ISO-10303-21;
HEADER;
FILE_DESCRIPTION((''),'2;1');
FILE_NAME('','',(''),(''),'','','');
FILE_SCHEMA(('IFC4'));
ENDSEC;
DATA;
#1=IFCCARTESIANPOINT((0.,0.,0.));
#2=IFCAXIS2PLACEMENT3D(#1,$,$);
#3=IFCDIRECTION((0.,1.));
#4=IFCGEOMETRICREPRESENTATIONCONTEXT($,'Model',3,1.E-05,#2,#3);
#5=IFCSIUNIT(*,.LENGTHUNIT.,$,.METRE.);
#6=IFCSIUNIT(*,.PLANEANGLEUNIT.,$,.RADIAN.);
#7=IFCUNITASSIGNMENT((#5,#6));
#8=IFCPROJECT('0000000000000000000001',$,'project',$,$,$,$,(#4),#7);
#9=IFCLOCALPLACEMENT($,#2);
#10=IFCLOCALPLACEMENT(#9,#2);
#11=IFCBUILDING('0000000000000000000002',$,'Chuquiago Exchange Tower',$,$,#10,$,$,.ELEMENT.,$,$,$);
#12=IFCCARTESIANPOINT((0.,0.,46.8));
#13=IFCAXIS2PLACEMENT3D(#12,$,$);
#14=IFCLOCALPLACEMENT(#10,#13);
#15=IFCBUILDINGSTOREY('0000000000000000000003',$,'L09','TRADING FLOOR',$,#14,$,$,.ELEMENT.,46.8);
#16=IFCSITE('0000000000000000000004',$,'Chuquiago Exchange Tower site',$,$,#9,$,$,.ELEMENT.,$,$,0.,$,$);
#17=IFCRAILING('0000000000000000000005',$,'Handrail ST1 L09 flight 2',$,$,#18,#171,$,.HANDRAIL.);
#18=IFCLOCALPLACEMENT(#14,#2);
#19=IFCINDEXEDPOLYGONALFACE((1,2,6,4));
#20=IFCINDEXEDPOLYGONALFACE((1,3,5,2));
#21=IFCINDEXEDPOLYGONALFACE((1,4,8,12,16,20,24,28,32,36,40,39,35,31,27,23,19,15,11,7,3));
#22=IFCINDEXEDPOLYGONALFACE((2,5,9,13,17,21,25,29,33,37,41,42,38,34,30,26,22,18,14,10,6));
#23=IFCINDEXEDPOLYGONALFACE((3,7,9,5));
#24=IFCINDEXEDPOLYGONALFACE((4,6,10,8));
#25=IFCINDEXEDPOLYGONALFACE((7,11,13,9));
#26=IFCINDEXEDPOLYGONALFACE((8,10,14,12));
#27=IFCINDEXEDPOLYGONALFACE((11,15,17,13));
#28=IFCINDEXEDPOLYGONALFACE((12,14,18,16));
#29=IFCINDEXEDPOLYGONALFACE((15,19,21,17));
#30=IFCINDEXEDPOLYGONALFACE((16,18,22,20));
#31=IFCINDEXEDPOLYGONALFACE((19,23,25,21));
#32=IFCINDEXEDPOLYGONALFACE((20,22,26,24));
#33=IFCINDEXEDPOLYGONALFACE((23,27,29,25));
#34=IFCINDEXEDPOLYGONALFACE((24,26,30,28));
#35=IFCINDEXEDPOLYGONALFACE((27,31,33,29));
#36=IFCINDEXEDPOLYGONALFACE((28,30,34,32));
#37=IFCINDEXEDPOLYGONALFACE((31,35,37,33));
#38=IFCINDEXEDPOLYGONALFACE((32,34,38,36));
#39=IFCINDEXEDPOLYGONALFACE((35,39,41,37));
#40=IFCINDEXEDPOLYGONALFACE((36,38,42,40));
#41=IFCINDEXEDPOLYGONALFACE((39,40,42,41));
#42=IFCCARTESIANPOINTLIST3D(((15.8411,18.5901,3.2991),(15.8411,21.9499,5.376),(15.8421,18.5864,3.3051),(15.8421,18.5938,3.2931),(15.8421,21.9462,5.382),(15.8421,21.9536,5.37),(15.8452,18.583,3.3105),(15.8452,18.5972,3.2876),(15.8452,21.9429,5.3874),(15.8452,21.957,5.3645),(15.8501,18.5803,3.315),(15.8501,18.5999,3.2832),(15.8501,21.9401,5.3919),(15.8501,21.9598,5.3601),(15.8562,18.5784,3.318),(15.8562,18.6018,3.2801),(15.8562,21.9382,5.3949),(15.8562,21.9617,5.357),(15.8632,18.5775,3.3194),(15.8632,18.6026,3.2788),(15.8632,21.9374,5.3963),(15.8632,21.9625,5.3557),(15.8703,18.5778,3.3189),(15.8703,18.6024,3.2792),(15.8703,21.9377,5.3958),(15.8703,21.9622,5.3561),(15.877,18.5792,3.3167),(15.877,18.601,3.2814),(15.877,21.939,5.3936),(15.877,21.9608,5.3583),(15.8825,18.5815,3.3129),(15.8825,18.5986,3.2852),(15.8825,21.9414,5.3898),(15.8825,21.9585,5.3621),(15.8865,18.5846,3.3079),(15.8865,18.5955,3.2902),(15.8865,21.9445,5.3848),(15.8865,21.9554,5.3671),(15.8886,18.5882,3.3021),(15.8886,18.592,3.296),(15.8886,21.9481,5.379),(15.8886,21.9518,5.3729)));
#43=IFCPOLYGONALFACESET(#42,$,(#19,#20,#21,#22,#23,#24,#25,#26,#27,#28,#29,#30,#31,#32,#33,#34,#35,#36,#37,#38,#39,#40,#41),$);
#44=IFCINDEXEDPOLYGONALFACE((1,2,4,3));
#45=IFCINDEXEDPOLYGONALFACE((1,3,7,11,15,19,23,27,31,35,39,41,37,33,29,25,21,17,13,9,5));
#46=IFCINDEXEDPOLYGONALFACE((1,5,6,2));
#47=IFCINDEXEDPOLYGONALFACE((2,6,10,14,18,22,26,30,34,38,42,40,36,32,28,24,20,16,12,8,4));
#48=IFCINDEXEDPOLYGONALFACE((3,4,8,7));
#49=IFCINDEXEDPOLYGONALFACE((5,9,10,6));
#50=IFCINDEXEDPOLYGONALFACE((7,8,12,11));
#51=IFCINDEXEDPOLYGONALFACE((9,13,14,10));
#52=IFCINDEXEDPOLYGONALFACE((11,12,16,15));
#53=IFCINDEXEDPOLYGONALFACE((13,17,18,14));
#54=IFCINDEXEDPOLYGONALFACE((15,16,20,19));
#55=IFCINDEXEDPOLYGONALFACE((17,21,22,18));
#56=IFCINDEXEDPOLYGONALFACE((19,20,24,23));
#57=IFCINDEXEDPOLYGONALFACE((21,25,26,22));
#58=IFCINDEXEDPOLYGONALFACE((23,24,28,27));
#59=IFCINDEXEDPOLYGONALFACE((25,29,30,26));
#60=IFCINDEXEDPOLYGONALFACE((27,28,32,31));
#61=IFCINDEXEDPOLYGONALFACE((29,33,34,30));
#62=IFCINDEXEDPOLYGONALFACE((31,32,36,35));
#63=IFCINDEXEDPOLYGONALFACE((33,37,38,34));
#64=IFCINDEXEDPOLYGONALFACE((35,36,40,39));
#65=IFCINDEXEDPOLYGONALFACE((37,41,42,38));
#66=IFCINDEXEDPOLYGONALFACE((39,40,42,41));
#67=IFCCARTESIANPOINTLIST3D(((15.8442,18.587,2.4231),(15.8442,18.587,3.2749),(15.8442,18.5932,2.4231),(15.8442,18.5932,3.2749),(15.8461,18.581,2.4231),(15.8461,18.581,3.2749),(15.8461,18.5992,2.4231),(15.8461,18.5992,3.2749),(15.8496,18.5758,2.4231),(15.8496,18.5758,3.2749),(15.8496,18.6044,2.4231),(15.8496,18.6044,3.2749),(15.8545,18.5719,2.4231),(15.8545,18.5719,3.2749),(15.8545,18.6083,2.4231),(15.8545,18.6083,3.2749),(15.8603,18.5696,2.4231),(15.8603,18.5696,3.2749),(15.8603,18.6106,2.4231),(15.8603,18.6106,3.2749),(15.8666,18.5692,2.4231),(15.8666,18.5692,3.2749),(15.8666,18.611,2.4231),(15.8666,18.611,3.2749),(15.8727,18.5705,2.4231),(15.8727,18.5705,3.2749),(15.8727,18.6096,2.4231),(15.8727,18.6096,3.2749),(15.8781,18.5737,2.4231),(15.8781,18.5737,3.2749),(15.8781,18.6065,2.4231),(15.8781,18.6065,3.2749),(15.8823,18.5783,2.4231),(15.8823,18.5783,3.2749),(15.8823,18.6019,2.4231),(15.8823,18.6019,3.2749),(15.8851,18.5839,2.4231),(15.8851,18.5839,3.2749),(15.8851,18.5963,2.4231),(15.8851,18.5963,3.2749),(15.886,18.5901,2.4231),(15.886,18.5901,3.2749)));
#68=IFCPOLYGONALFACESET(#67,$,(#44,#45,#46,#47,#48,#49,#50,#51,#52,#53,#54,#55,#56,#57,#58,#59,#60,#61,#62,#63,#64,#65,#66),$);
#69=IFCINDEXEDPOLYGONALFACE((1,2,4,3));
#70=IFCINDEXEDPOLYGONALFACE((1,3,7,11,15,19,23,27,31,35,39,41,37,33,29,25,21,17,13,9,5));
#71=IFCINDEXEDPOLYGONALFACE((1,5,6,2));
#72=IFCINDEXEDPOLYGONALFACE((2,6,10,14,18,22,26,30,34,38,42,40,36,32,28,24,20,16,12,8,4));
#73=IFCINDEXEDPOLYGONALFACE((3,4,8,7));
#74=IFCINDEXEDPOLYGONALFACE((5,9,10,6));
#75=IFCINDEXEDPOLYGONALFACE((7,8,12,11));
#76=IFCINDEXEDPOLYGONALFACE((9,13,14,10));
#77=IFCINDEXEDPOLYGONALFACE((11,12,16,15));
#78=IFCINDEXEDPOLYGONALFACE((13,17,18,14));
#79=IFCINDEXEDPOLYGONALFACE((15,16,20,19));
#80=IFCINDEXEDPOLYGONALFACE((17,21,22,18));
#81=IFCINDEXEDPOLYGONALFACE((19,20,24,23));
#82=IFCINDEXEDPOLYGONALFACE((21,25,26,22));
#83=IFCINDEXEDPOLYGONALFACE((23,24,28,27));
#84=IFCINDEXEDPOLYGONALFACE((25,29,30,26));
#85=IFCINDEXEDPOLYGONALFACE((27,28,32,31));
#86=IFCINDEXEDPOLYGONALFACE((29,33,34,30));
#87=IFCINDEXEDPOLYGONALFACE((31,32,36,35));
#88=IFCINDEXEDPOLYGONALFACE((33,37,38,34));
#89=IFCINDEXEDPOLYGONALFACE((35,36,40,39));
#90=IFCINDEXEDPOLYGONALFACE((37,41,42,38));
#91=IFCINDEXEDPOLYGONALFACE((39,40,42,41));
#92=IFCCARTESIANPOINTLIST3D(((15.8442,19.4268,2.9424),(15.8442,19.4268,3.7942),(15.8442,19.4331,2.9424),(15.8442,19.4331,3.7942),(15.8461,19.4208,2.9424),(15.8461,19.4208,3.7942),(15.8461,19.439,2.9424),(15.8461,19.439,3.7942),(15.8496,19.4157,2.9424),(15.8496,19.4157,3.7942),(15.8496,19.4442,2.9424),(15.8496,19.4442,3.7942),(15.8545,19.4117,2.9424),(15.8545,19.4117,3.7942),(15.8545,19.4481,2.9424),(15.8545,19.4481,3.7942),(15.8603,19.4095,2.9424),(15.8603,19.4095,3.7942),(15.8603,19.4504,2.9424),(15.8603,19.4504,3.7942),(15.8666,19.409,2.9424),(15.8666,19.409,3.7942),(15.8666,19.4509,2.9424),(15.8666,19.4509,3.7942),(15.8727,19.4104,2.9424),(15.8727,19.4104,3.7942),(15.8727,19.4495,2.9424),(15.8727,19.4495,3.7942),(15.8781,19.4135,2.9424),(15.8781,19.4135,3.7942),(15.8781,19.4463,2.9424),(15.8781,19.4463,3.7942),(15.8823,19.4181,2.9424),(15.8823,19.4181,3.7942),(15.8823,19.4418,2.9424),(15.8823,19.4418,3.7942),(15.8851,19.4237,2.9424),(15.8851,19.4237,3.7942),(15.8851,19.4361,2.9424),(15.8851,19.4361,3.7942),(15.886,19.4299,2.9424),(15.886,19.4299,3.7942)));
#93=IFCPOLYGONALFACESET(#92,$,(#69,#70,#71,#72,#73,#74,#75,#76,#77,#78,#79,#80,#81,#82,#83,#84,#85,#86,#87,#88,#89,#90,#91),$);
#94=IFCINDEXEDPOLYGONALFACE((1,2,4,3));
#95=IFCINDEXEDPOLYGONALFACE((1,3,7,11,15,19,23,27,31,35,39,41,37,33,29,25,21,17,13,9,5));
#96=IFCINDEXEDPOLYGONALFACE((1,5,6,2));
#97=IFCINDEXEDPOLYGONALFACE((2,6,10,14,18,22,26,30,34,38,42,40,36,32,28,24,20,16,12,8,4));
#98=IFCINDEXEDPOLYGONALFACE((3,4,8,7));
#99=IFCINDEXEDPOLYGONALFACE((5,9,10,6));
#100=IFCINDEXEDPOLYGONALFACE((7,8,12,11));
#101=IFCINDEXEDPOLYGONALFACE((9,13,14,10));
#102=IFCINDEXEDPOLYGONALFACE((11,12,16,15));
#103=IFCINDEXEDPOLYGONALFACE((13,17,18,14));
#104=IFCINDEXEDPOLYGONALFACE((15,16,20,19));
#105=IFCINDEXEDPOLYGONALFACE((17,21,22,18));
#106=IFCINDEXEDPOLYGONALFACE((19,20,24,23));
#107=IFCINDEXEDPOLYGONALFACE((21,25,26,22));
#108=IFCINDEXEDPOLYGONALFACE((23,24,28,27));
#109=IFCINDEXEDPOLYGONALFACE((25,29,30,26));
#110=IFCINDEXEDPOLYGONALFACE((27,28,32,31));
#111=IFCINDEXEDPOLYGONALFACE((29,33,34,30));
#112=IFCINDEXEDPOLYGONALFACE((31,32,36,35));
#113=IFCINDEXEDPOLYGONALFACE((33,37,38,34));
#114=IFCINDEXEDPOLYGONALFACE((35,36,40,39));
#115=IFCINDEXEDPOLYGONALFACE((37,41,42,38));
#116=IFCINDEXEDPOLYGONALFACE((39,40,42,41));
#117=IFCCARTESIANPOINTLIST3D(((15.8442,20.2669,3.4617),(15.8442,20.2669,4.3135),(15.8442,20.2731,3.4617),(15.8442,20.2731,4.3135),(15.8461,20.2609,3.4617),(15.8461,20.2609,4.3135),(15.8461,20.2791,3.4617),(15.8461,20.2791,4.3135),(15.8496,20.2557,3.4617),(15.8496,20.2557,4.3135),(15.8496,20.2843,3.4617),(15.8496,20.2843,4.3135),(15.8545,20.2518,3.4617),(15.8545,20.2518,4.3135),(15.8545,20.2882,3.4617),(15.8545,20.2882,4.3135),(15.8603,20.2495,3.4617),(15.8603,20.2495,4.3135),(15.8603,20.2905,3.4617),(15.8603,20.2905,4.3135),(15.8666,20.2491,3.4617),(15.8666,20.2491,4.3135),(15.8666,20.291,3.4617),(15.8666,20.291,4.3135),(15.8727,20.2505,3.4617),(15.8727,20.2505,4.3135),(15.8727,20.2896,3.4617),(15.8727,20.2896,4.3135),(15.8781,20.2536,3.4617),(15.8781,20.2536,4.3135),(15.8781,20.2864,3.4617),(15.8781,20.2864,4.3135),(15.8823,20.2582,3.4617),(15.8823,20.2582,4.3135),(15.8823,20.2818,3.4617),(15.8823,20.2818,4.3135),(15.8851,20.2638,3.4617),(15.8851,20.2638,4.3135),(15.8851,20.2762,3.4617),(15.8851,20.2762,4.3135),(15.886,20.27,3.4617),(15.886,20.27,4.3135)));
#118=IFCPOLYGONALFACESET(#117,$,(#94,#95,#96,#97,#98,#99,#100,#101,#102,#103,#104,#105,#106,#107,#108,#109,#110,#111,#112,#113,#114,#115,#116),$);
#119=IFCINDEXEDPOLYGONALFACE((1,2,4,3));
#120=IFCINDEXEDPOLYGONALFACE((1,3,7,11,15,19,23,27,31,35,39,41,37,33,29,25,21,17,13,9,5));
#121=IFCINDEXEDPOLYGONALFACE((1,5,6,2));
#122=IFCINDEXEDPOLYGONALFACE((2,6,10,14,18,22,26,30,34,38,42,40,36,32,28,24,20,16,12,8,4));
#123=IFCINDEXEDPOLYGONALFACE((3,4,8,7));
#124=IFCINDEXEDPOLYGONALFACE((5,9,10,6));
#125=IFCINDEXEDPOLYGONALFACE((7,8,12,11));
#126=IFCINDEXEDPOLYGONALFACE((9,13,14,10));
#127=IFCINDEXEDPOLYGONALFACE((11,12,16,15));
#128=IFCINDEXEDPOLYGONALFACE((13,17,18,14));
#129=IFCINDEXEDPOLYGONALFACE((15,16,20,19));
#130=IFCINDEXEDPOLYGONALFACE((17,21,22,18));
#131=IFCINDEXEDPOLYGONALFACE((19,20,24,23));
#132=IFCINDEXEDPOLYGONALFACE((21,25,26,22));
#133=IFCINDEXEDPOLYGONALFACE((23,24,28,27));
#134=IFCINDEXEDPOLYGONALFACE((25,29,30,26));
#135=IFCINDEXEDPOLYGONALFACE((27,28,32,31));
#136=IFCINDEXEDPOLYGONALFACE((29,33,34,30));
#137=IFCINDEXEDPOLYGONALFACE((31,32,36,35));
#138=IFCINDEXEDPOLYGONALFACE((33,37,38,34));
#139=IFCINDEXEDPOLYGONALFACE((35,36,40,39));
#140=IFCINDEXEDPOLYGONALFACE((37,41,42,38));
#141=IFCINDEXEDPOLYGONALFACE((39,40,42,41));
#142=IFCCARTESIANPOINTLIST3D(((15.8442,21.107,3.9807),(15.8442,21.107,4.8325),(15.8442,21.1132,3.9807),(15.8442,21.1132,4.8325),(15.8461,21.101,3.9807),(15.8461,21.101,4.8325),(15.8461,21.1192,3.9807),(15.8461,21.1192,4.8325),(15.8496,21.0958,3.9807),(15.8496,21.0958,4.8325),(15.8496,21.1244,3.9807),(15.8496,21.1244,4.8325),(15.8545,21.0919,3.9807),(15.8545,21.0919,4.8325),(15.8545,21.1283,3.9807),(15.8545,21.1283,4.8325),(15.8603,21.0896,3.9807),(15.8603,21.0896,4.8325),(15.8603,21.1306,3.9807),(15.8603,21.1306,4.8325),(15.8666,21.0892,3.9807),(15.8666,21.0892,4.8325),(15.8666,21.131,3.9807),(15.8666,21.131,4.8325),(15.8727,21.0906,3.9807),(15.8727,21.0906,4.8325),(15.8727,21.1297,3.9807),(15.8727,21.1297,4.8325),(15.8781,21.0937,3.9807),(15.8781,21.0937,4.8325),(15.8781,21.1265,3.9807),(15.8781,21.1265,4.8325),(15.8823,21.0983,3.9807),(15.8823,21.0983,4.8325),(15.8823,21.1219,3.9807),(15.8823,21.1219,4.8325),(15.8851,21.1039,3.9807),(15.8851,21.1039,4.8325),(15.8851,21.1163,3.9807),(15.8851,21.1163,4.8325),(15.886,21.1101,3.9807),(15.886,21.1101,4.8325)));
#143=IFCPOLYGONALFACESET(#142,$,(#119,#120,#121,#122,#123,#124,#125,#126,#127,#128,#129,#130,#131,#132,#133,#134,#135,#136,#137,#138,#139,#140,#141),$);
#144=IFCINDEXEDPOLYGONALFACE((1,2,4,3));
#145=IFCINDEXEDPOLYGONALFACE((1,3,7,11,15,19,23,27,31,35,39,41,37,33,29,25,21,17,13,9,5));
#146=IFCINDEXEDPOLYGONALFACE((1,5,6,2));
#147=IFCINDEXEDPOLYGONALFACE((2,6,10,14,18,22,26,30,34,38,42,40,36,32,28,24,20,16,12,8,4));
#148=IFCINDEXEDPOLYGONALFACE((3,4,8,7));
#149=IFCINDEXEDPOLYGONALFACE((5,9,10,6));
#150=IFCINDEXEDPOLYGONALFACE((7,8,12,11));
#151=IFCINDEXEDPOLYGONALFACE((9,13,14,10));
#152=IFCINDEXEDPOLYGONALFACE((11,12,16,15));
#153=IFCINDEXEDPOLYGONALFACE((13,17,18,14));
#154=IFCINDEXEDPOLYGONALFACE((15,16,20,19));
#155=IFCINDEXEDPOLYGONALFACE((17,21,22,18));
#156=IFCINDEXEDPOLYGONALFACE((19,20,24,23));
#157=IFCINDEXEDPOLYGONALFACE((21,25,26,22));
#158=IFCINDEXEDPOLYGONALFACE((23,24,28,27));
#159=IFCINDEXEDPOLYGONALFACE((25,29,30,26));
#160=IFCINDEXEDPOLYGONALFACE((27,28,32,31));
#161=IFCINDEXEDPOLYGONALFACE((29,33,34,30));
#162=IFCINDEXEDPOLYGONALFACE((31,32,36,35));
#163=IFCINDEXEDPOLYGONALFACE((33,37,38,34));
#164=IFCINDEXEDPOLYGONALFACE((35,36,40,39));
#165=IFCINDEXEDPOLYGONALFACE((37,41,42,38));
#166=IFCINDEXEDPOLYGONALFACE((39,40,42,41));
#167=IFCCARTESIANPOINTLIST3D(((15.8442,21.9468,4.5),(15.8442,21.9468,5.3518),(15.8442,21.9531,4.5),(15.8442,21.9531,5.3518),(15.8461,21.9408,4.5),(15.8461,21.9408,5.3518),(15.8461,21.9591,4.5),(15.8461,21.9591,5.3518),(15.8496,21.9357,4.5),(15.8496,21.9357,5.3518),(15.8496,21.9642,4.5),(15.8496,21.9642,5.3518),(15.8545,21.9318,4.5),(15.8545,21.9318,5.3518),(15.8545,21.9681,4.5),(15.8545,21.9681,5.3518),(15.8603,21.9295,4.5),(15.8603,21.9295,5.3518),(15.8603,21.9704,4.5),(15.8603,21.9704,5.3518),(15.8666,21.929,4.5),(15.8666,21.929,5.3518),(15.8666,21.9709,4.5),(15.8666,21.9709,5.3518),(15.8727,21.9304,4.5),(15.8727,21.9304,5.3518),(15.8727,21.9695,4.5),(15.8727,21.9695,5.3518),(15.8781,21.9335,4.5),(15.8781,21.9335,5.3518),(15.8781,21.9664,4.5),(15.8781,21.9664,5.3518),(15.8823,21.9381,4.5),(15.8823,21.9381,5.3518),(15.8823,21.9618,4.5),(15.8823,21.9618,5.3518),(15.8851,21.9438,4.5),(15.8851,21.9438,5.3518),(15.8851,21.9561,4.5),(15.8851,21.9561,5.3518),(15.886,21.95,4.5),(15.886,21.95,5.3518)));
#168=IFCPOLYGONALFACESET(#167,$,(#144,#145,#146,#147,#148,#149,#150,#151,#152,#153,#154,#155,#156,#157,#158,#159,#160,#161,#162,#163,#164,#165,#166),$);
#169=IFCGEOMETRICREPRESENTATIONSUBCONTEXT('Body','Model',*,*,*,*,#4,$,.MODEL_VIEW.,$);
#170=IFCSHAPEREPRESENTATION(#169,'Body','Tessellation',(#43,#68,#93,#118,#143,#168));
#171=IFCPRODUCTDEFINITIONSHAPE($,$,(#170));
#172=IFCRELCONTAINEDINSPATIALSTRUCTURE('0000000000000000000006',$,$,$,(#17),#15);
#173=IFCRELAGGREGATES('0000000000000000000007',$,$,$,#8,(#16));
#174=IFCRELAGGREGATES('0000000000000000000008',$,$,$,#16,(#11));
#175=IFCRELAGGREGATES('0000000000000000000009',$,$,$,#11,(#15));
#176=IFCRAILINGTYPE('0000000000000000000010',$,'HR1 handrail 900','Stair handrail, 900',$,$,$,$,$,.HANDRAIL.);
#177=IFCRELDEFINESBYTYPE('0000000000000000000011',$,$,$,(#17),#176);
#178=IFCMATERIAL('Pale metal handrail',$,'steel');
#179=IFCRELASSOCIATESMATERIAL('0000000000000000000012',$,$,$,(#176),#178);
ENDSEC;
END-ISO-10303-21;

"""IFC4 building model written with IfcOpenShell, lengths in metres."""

from ifc_helpers import new_model, si_unit, direction, frame, origin, origin_2d, place, context, subcontext, project, spatial, circle, extrude, material, type_object, element, save


model = new_model("IFC4")

# Units and contexts
model_context = context("Model", 3, precision=1e-05, world=origin(), true_north=direction((0.0, 1.0)))
body_context = subcontext(model_context, "Body", "Model", "MODEL_VIEW")
ifc_project = project(units=[si_unit("LENGTHUNIT", "METRE"), si_unit("PLANEANGLEUNIT", "RADIAN")], contexts=[model_context])

# Site, building, storey
site_placement = place(None, origin())
site = spatial("IfcSite", under=ifc_project, at=site_placement, Name="Chuquiago Exchange Tower site", CompositionType="ELEMENT", RefElevation=0.0)
building_placement = place(site_placement, origin())
building = spatial("IfcBuilding", under=site, at=building_placement, Name="Chuquiago Exchange Tower", CompositionType="ELEMENT")
storey_placement = place(building_placement, frame((0.0, 0.0, 46.8)))
storey = spatial("IfcBuildingStorey", under=building, at=storey_placement, Name="L09", Description="TRADING FLOOR", CompositionType="ELEMENT", Elevation=46.8)

# Railing
ifc_material_1 = material(Name="Pale metal handrail", Category="steel")
railing_type_1 = type_object("IfcRailingType", Name="HR1 handrail 900", Description="Stair handrail, 900", PredefinedType="HANDRAIL", material=ifc_material_1)
for number, where, name in (
    (1, (15.865, 18.5901, 2.4231), "Handrail ST1 L09 flight 2"),
):
    element("IfcRailing", number, at=place(storey_placement, frame(where)), inside=storey, type_object=railing_type_1, Name=name, PredefinedType="HANDRAIL", context=body_context, shape_type="SweptSolid", body=[
        extrude(circle(Radius=0.0239, at=origin_2d()), frame((0.0, 0.0, 0.876), z_axis=(0.0, 0.850606, 0.525803), x_axis=(-1.0, 0.0, 0.0)), (0.0, 0.0, 1.0), 3.95),
        extrude(circle(Radius=0.021, at=origin_2d()), origin(), (0.0, 0.0, 1.0), 0.8518),
        extrude(circle(Radius=0.021, at=origin_2d()), frame((0.0, 0.8398, 0.5193)), (0.0, 0.0, 1.0), 0.8518),
        extrude(circle(Radius=0.021, at=origin_2d()), frame((0.0, 1.6799, 1.0386)), (0.0, 0.0, 1.0), 0.8518),
        extrude(circle(Radius=0.021, at=origin_2d()), frame((0.0, 2.52, 1.5576)), (0.0, 0.0, 1.0), 0.8518),
        extrude(circle(Radius=0.021, at=origin_2d()), frame((0.0, 3.3599, 2.0769)), (0.0, 0.0, 1.0), 0.8518),
    ])

save(model, "model.ifc")
